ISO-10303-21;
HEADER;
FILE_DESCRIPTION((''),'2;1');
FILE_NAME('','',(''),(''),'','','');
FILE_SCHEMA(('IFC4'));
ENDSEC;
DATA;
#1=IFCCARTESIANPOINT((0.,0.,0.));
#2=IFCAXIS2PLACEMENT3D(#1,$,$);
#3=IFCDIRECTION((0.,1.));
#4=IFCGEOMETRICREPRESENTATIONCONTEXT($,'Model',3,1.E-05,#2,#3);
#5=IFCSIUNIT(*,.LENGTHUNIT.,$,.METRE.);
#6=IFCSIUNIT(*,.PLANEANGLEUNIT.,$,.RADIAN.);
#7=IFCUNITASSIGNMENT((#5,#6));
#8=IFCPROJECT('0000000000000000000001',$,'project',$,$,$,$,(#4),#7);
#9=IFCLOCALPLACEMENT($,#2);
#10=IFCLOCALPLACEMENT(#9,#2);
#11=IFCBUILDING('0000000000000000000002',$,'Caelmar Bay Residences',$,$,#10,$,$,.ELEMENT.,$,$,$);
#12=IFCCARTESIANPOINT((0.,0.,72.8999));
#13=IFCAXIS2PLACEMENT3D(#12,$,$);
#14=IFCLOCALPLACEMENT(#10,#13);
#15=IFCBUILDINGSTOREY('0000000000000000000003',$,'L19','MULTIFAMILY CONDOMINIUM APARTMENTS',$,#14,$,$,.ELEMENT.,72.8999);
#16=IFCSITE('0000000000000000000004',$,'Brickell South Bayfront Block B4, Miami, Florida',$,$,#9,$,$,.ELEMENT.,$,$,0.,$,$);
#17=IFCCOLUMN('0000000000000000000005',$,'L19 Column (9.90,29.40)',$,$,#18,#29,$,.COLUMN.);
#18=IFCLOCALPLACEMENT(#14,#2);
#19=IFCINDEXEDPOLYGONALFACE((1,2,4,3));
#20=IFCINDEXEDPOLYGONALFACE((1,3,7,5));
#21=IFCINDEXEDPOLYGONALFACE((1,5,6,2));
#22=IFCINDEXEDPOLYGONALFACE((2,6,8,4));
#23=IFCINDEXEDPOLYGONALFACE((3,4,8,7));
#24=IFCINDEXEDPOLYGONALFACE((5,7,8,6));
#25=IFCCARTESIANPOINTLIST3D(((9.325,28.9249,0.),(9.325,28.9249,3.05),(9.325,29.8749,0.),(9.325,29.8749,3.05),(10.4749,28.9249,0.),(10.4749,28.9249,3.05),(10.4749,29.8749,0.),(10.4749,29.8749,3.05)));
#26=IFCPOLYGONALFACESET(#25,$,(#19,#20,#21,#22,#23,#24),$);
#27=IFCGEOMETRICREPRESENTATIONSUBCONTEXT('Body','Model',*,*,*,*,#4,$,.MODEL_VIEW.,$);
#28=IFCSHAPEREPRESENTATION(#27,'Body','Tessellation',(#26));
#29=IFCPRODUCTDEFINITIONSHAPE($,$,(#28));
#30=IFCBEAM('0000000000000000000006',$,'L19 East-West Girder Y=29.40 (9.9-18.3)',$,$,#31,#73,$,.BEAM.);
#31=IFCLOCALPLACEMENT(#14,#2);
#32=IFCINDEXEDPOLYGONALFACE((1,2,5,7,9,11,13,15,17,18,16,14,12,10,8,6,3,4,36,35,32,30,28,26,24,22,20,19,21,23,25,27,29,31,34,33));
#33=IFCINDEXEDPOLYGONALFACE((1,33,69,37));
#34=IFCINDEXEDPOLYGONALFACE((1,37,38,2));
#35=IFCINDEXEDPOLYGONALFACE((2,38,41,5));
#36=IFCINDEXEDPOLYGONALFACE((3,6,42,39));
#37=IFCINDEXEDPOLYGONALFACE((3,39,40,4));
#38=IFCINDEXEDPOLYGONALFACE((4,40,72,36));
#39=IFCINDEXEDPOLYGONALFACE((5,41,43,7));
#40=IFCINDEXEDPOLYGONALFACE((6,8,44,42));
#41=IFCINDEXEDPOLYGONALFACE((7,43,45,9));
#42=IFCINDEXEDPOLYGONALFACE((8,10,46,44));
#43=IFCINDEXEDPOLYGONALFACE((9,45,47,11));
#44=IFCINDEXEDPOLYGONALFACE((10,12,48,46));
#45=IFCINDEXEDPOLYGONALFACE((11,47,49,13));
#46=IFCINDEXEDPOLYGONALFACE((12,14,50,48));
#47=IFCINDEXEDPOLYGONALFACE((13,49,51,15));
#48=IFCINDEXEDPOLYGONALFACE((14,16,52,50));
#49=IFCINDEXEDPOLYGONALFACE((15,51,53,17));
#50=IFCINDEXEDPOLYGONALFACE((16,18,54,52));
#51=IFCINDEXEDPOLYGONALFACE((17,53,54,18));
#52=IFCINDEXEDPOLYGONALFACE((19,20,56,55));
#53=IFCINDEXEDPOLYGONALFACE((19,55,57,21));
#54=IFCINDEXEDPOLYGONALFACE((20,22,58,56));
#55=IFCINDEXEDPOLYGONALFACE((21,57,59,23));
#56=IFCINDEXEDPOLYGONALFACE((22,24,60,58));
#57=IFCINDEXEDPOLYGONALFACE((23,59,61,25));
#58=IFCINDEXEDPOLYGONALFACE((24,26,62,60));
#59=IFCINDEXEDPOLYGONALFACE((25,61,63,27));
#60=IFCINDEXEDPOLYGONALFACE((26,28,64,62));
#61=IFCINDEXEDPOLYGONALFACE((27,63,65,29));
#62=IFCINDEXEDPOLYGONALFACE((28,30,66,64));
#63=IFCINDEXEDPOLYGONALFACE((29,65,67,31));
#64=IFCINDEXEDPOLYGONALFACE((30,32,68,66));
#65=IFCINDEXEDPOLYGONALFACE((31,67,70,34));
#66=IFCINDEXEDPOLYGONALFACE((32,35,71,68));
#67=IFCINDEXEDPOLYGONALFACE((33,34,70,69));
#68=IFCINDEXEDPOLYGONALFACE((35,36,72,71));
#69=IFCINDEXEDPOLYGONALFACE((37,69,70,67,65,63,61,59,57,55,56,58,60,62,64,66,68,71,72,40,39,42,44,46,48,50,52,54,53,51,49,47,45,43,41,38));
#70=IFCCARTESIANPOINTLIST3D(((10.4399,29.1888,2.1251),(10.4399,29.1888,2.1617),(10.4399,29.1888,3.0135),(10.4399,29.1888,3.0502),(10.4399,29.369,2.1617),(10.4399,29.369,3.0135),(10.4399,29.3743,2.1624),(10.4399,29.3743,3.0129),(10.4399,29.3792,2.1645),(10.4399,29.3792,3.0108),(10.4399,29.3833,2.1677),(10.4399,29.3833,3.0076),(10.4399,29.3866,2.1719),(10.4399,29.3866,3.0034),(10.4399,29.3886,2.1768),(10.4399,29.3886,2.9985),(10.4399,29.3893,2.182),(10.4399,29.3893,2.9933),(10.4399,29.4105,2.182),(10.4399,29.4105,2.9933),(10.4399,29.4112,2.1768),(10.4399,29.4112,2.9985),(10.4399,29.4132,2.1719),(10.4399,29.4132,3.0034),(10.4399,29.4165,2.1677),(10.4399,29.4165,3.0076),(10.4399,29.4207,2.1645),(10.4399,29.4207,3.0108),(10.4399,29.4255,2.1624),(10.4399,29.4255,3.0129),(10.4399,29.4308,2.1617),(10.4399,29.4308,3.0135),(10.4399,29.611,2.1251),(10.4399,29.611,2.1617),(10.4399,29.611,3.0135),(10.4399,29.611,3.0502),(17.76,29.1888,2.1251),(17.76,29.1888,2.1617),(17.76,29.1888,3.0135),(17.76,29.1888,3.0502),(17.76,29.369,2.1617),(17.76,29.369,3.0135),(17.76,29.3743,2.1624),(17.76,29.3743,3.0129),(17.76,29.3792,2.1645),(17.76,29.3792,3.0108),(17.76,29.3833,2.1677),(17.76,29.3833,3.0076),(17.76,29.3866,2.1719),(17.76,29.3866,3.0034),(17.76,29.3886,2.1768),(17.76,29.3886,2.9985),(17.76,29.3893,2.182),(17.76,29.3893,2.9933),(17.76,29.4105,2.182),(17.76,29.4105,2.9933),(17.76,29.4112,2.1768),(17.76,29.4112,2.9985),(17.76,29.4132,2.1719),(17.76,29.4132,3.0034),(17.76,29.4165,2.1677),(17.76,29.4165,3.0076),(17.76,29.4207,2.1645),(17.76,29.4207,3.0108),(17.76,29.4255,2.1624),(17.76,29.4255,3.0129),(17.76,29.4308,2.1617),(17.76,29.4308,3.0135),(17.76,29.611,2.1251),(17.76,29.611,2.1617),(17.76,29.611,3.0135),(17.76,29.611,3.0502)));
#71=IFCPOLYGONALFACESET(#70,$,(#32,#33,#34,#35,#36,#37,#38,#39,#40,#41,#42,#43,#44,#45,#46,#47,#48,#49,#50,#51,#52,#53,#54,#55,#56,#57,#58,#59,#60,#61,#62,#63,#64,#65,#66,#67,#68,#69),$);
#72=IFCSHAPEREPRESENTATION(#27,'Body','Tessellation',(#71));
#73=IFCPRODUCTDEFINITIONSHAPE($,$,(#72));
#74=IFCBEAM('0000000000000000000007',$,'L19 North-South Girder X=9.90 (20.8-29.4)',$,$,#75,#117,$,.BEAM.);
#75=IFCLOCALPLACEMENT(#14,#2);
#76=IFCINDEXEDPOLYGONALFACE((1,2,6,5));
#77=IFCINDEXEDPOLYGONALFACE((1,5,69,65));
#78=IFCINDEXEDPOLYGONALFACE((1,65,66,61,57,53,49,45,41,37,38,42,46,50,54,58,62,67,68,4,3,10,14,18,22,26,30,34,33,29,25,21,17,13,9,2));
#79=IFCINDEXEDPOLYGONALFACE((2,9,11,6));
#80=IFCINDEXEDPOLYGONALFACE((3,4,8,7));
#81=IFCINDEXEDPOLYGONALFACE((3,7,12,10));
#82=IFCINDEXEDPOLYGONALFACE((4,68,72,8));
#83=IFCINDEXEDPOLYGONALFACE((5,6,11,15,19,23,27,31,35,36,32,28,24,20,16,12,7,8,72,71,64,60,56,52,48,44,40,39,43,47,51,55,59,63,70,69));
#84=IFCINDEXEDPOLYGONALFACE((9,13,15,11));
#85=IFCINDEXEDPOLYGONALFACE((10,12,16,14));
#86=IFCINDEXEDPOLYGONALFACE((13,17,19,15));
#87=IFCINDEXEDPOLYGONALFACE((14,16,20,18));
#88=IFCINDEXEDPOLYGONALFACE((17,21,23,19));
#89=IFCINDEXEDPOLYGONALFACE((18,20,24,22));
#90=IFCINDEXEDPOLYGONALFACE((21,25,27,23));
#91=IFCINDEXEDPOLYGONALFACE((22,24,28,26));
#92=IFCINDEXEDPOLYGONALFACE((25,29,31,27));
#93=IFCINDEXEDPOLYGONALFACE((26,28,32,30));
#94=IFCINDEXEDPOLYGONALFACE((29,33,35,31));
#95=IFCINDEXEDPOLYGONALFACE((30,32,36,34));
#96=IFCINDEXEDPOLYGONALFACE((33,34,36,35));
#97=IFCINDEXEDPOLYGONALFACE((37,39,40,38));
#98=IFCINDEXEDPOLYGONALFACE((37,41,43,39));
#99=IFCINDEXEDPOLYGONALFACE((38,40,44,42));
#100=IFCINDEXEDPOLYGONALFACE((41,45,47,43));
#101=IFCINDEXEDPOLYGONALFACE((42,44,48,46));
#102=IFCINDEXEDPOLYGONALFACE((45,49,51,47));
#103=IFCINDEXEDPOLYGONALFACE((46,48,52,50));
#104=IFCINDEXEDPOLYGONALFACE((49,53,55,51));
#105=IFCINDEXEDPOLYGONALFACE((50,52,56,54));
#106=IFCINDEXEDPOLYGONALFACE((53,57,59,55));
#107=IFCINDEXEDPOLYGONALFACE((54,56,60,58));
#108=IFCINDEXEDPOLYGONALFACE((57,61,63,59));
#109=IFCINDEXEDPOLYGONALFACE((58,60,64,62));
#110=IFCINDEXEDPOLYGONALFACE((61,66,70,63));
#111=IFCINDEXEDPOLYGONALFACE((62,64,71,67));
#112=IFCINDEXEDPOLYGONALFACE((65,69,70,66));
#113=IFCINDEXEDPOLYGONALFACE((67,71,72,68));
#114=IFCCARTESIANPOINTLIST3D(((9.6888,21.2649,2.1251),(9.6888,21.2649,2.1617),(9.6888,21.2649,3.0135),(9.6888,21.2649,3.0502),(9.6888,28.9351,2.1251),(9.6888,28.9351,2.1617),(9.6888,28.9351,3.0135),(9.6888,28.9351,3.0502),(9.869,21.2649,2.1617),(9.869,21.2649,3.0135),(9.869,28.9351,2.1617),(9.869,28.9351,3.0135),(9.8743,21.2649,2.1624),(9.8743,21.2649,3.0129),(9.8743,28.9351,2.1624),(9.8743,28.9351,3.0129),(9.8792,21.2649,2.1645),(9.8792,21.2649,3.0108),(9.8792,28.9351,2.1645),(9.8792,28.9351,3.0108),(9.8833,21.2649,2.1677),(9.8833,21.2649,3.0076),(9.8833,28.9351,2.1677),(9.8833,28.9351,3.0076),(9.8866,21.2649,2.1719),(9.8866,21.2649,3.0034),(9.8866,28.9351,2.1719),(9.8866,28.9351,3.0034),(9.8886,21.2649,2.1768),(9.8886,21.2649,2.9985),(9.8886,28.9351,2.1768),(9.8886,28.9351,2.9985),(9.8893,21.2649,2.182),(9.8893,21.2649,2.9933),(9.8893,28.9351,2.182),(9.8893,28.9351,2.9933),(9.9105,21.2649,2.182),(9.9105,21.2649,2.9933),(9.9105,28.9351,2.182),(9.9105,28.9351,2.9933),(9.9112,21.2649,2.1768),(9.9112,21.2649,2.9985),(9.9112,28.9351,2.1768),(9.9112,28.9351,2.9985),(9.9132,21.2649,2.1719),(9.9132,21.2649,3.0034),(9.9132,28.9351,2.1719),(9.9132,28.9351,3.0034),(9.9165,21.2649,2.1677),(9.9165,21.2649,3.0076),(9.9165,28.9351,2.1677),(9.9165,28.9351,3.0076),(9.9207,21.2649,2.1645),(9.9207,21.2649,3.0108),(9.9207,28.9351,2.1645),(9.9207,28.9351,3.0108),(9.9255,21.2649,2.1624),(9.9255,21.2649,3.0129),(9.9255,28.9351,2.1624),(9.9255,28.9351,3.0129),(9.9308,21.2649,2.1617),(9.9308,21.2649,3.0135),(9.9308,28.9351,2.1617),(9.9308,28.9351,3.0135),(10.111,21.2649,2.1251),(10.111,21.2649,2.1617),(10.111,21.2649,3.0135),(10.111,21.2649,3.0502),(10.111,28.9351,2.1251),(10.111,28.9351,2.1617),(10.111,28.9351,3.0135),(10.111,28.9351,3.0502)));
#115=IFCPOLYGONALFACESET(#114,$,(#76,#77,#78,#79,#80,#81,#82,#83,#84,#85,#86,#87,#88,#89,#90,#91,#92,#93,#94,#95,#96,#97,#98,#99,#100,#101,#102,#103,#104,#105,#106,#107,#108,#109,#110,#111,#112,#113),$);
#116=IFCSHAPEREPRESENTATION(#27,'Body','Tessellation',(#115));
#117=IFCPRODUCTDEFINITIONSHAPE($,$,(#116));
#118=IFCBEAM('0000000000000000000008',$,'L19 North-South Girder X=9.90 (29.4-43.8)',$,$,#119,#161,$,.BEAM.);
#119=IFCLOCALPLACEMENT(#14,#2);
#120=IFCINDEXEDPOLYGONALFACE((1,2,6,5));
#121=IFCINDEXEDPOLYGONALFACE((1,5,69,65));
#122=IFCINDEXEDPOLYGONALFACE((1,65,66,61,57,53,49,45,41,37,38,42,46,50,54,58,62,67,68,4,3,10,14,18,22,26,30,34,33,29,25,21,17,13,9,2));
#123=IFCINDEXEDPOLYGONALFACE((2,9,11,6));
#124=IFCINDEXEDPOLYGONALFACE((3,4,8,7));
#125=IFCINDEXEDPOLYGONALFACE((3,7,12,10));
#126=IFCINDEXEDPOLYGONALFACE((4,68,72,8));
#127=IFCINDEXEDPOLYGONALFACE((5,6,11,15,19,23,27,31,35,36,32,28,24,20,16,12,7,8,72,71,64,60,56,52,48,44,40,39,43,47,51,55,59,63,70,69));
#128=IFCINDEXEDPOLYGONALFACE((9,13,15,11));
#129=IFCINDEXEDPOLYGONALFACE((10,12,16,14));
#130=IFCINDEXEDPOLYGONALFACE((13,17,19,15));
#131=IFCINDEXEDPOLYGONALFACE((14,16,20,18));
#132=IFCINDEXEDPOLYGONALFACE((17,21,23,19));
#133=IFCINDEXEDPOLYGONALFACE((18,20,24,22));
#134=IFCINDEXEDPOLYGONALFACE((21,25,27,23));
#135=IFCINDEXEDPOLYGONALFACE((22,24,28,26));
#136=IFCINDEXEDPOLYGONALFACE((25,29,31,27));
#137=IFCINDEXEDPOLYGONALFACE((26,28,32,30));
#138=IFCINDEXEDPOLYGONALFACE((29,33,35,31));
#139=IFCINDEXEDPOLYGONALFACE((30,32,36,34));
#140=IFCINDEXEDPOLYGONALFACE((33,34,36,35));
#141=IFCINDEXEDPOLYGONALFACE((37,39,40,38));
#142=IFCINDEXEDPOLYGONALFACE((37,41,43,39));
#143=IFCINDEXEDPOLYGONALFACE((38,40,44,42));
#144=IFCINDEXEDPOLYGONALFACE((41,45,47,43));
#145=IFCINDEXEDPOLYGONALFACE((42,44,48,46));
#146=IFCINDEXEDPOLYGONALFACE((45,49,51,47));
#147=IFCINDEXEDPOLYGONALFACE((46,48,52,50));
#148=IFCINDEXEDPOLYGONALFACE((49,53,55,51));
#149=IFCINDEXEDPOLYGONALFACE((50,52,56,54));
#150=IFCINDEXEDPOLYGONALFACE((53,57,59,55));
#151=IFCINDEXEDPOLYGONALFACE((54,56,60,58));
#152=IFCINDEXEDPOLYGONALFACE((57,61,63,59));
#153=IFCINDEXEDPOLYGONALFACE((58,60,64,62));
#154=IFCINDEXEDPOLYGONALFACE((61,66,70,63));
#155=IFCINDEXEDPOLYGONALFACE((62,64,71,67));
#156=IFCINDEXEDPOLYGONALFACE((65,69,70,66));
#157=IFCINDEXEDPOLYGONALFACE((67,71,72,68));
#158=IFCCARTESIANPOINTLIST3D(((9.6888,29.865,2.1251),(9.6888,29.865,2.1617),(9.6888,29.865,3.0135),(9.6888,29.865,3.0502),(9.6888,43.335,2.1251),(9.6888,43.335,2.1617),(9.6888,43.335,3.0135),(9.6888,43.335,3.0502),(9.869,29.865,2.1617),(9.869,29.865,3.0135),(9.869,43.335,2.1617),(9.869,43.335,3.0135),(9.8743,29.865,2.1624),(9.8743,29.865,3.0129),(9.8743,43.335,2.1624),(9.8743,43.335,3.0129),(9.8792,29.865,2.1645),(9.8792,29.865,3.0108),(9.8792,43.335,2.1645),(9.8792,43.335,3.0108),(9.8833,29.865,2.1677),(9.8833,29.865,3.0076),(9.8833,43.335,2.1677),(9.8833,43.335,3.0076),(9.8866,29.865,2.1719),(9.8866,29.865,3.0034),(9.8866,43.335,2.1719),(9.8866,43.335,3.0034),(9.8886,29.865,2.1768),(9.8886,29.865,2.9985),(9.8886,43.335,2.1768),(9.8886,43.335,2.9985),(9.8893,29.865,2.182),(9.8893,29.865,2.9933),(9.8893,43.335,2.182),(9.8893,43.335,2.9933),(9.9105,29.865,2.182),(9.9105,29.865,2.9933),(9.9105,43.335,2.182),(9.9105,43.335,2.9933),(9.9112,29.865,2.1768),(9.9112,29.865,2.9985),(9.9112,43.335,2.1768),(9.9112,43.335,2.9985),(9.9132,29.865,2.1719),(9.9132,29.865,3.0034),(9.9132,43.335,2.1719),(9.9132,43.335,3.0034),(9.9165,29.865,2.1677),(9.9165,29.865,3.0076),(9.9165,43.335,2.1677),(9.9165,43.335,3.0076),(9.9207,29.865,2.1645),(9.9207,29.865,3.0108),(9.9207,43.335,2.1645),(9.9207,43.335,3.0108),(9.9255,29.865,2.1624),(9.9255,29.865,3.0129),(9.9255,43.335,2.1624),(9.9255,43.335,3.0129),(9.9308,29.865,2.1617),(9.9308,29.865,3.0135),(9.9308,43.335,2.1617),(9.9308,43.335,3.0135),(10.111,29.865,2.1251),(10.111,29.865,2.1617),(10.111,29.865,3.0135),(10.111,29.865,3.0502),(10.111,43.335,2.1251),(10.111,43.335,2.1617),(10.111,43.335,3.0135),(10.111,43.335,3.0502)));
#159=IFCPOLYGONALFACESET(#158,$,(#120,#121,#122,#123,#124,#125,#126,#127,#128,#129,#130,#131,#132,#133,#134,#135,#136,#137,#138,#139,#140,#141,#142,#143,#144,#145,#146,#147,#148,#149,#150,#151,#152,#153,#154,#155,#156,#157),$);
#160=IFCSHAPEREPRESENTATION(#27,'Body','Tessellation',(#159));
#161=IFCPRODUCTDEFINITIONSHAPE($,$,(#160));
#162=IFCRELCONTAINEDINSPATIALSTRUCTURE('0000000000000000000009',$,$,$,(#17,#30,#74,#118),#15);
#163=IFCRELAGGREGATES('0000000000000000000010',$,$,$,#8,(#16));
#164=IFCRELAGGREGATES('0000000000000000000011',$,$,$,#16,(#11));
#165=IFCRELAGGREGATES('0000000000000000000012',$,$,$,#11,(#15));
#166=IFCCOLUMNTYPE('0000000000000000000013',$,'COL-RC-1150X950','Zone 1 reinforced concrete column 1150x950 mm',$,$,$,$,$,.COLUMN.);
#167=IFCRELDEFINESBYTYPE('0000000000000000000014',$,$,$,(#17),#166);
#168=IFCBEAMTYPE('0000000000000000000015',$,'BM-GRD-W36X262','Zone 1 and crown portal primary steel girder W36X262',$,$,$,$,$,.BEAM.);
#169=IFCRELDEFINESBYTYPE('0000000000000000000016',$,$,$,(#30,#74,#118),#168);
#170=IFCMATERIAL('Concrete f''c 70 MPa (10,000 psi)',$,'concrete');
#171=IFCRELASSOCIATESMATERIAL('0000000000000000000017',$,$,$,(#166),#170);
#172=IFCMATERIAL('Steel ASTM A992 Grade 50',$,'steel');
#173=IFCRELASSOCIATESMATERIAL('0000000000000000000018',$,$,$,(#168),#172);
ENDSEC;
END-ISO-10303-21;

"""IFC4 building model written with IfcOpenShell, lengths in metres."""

from ifc_helpers import new_model, si_unit, direction, frame, origin, origin_2d, place, context, subcontext, project, spatial, rectangle, i_section, extrude, material, material_profile, profile_set, type_object, element, save


model = new_model("IFC4")

# Units and contexts
model_context = context("Model", 3, precision=1e-05, world=origin(), true_north=direction((0.0, 1.0)))
body_context = subcontext(model_context, "Body", "Model", "MODEL_VIEW")
ifc_project = project(units=[si_unit("LENGTHUNIT", "METRE"), si_unit("PLANEANGLEUNIT", "RADIAN")], contexts=[model_context])

# Site, building, storey
site_placement = place(None, origin())
site = spatial("IfcSite", under=ifc_project, at=site_placement, Name="Brickell South Bayfront Block B4, Miami, Florida", CompositionType="ELEMENT", RefElevation=0.0)
building_placement = place(site_placement, origin())
building = spatial("IfcBuilding", under=site, at=building_placement, Name="Caelmar Bay Residences", CompositionType="ELEMENT")
storey_placement = place(building_placement, frame((0.0, 0.0, 72.8999)))
storey = spatial("IfcBuildingStorey", under=building, at=storey_placement, Name="L19", Description="MULTIFAMILY CONDOMINIUM APARTMENTS", CompositionType="ELEMENT", Elevation=72.8999)

# Column
ifc_material_1 = material(Name="Concrete f'c 70 MPa (10,000 psi)", Category="concrete")
ifc_material_profile_1 = material_profile(ifc_material_1, rectangle(XDim=1.1499, YDim=0.95, at=origin_2d()), Name="RC-COL-1150X950")
ifc_profile_set_1 = profile_set([ifc_material_profile_1], Name="Concrete f'c 70 MPa (10,000 psi)")
column_type = type_object("IfcColumnType", Name="COL-RC-1150X950", Description="Zone 1 reinforced concrete column 1150x950 mm", PredefinedType="COLUMN", material=ifc_profile_set_1)
column_placement = place(storey_placement, frame((9.8999, 29.3999, 0.0), z_axis=(0.0, 0.0, 1.0), x_axis=(1.0, 0.0, 0.0)))
element("IfcColumn", 1, at=column_placement, inside=storey, type_object=column_type, Name="L19 Column (9.90,29.40)", PredefinedType="COLUMN", context=body_context, shape_type="SweptSolid", body=[
    extrude(rectangle(XDim=1.1499, YDim=0.95, at=origin_2d()), origin(), (0.0, 0.0, 1.0), 3.05),
])

# Beams
ifc_material_2 = material(Name="Steel ASTM A992 Grade 50", Category="steel")
ifc_material_profile_2 = material_profile(ifc_material_2, i_section(OverallWidth=0.4221, OverallDepth=0.925, WebThickness=0.0212, FlangeThickness=0.0366, FilletRadius=0.0203, at=origin_2d()), Name="W36X262")
ifc_profile_set_2 = profile_set([ifc_material_profile_2], Name="Steel ASTM A992 Grade 50")
beam_type_1 = type_object("IfcBeamType", Name="BM-GRD-W36X262", Description="Zone 1 and crown portal primary steel girder W36X262", PredefinedType="BEAM", material=ifc_profile_set_2)
beam_1_placement = place(storey_placement, frame((10.4399, 29.3999, 2.5876), z_axis=(1.0, 0.0, 0.0), x_axis=(0.0, 1.0, 0.0)))
element("IfcBeam", 2, at=beam_1_placement, inside=storey, type_object=beam_type_1, Name="L19 East-West Girder Y=29.40 (9.9-18.3)", PredefinedType="BEAM", context=body_context, shape_type="SweptSolid", body=[
    extrude(i_section(OverallWidth=0.4221, OverallDepth=0.925, WebThickness=0.0212, FlangeThickness=0.0366, FilletRadius=0.0203, at=origin_2d()), origin(), (0.0, 0.0, 1.0), 7.3201),
])
beam_2_placement = place(storey_placement, frame((9.8999, 21.2649, 2.5876), z_axis=(0.0, 1.0, 0.0), x_axis=(-1.0, 0.0, 0.0)))
element("IfcBeam", 3, at=beam_2_placement, inside=storey, type_object=beam_type_1, Name="L19 North-South Girder X=9.90 (20.8-29.4)", PredefinedType="BEAM", context=body_context, shape_type="SweptSolid", body=[
    extrude(i_section(OverallWidth=0.4221, OverallDepth=0.925, WebThickness=0.0212, FlangeThickness=0.0366, FilletRadius=0.0203, at=origin_2d()), origin(), (0.0, 0.0, 1.0), 7.6702),
])
beam_3_placement = place(storey_placement, frame((9.8999, 29.865, 2.5876), z_axis=(0.0, 1.0, 0.0), x_axis=(-1.0, 0.0, 0.0)))
element("IfcBeam", 4, at=beam_3_placement, inside=storey, type_object=beam_type_1, Name="L19 North-South Girder X=9.90 (29.4-43.8)", PredefinedType="BEAM", context=body_context, shape_type="SweptSolid", body=[
    extrude(i_section(OverallWidth=0.4221, OverallDepth=0.925, WebThickness=0.0212, FlangeThickness=0.0366, FilletRadius=0.0203, at=origin_2d()), origin(), (0.0, 0.0, 1.0), 13.47),
])

save(model, "model.ifc")
